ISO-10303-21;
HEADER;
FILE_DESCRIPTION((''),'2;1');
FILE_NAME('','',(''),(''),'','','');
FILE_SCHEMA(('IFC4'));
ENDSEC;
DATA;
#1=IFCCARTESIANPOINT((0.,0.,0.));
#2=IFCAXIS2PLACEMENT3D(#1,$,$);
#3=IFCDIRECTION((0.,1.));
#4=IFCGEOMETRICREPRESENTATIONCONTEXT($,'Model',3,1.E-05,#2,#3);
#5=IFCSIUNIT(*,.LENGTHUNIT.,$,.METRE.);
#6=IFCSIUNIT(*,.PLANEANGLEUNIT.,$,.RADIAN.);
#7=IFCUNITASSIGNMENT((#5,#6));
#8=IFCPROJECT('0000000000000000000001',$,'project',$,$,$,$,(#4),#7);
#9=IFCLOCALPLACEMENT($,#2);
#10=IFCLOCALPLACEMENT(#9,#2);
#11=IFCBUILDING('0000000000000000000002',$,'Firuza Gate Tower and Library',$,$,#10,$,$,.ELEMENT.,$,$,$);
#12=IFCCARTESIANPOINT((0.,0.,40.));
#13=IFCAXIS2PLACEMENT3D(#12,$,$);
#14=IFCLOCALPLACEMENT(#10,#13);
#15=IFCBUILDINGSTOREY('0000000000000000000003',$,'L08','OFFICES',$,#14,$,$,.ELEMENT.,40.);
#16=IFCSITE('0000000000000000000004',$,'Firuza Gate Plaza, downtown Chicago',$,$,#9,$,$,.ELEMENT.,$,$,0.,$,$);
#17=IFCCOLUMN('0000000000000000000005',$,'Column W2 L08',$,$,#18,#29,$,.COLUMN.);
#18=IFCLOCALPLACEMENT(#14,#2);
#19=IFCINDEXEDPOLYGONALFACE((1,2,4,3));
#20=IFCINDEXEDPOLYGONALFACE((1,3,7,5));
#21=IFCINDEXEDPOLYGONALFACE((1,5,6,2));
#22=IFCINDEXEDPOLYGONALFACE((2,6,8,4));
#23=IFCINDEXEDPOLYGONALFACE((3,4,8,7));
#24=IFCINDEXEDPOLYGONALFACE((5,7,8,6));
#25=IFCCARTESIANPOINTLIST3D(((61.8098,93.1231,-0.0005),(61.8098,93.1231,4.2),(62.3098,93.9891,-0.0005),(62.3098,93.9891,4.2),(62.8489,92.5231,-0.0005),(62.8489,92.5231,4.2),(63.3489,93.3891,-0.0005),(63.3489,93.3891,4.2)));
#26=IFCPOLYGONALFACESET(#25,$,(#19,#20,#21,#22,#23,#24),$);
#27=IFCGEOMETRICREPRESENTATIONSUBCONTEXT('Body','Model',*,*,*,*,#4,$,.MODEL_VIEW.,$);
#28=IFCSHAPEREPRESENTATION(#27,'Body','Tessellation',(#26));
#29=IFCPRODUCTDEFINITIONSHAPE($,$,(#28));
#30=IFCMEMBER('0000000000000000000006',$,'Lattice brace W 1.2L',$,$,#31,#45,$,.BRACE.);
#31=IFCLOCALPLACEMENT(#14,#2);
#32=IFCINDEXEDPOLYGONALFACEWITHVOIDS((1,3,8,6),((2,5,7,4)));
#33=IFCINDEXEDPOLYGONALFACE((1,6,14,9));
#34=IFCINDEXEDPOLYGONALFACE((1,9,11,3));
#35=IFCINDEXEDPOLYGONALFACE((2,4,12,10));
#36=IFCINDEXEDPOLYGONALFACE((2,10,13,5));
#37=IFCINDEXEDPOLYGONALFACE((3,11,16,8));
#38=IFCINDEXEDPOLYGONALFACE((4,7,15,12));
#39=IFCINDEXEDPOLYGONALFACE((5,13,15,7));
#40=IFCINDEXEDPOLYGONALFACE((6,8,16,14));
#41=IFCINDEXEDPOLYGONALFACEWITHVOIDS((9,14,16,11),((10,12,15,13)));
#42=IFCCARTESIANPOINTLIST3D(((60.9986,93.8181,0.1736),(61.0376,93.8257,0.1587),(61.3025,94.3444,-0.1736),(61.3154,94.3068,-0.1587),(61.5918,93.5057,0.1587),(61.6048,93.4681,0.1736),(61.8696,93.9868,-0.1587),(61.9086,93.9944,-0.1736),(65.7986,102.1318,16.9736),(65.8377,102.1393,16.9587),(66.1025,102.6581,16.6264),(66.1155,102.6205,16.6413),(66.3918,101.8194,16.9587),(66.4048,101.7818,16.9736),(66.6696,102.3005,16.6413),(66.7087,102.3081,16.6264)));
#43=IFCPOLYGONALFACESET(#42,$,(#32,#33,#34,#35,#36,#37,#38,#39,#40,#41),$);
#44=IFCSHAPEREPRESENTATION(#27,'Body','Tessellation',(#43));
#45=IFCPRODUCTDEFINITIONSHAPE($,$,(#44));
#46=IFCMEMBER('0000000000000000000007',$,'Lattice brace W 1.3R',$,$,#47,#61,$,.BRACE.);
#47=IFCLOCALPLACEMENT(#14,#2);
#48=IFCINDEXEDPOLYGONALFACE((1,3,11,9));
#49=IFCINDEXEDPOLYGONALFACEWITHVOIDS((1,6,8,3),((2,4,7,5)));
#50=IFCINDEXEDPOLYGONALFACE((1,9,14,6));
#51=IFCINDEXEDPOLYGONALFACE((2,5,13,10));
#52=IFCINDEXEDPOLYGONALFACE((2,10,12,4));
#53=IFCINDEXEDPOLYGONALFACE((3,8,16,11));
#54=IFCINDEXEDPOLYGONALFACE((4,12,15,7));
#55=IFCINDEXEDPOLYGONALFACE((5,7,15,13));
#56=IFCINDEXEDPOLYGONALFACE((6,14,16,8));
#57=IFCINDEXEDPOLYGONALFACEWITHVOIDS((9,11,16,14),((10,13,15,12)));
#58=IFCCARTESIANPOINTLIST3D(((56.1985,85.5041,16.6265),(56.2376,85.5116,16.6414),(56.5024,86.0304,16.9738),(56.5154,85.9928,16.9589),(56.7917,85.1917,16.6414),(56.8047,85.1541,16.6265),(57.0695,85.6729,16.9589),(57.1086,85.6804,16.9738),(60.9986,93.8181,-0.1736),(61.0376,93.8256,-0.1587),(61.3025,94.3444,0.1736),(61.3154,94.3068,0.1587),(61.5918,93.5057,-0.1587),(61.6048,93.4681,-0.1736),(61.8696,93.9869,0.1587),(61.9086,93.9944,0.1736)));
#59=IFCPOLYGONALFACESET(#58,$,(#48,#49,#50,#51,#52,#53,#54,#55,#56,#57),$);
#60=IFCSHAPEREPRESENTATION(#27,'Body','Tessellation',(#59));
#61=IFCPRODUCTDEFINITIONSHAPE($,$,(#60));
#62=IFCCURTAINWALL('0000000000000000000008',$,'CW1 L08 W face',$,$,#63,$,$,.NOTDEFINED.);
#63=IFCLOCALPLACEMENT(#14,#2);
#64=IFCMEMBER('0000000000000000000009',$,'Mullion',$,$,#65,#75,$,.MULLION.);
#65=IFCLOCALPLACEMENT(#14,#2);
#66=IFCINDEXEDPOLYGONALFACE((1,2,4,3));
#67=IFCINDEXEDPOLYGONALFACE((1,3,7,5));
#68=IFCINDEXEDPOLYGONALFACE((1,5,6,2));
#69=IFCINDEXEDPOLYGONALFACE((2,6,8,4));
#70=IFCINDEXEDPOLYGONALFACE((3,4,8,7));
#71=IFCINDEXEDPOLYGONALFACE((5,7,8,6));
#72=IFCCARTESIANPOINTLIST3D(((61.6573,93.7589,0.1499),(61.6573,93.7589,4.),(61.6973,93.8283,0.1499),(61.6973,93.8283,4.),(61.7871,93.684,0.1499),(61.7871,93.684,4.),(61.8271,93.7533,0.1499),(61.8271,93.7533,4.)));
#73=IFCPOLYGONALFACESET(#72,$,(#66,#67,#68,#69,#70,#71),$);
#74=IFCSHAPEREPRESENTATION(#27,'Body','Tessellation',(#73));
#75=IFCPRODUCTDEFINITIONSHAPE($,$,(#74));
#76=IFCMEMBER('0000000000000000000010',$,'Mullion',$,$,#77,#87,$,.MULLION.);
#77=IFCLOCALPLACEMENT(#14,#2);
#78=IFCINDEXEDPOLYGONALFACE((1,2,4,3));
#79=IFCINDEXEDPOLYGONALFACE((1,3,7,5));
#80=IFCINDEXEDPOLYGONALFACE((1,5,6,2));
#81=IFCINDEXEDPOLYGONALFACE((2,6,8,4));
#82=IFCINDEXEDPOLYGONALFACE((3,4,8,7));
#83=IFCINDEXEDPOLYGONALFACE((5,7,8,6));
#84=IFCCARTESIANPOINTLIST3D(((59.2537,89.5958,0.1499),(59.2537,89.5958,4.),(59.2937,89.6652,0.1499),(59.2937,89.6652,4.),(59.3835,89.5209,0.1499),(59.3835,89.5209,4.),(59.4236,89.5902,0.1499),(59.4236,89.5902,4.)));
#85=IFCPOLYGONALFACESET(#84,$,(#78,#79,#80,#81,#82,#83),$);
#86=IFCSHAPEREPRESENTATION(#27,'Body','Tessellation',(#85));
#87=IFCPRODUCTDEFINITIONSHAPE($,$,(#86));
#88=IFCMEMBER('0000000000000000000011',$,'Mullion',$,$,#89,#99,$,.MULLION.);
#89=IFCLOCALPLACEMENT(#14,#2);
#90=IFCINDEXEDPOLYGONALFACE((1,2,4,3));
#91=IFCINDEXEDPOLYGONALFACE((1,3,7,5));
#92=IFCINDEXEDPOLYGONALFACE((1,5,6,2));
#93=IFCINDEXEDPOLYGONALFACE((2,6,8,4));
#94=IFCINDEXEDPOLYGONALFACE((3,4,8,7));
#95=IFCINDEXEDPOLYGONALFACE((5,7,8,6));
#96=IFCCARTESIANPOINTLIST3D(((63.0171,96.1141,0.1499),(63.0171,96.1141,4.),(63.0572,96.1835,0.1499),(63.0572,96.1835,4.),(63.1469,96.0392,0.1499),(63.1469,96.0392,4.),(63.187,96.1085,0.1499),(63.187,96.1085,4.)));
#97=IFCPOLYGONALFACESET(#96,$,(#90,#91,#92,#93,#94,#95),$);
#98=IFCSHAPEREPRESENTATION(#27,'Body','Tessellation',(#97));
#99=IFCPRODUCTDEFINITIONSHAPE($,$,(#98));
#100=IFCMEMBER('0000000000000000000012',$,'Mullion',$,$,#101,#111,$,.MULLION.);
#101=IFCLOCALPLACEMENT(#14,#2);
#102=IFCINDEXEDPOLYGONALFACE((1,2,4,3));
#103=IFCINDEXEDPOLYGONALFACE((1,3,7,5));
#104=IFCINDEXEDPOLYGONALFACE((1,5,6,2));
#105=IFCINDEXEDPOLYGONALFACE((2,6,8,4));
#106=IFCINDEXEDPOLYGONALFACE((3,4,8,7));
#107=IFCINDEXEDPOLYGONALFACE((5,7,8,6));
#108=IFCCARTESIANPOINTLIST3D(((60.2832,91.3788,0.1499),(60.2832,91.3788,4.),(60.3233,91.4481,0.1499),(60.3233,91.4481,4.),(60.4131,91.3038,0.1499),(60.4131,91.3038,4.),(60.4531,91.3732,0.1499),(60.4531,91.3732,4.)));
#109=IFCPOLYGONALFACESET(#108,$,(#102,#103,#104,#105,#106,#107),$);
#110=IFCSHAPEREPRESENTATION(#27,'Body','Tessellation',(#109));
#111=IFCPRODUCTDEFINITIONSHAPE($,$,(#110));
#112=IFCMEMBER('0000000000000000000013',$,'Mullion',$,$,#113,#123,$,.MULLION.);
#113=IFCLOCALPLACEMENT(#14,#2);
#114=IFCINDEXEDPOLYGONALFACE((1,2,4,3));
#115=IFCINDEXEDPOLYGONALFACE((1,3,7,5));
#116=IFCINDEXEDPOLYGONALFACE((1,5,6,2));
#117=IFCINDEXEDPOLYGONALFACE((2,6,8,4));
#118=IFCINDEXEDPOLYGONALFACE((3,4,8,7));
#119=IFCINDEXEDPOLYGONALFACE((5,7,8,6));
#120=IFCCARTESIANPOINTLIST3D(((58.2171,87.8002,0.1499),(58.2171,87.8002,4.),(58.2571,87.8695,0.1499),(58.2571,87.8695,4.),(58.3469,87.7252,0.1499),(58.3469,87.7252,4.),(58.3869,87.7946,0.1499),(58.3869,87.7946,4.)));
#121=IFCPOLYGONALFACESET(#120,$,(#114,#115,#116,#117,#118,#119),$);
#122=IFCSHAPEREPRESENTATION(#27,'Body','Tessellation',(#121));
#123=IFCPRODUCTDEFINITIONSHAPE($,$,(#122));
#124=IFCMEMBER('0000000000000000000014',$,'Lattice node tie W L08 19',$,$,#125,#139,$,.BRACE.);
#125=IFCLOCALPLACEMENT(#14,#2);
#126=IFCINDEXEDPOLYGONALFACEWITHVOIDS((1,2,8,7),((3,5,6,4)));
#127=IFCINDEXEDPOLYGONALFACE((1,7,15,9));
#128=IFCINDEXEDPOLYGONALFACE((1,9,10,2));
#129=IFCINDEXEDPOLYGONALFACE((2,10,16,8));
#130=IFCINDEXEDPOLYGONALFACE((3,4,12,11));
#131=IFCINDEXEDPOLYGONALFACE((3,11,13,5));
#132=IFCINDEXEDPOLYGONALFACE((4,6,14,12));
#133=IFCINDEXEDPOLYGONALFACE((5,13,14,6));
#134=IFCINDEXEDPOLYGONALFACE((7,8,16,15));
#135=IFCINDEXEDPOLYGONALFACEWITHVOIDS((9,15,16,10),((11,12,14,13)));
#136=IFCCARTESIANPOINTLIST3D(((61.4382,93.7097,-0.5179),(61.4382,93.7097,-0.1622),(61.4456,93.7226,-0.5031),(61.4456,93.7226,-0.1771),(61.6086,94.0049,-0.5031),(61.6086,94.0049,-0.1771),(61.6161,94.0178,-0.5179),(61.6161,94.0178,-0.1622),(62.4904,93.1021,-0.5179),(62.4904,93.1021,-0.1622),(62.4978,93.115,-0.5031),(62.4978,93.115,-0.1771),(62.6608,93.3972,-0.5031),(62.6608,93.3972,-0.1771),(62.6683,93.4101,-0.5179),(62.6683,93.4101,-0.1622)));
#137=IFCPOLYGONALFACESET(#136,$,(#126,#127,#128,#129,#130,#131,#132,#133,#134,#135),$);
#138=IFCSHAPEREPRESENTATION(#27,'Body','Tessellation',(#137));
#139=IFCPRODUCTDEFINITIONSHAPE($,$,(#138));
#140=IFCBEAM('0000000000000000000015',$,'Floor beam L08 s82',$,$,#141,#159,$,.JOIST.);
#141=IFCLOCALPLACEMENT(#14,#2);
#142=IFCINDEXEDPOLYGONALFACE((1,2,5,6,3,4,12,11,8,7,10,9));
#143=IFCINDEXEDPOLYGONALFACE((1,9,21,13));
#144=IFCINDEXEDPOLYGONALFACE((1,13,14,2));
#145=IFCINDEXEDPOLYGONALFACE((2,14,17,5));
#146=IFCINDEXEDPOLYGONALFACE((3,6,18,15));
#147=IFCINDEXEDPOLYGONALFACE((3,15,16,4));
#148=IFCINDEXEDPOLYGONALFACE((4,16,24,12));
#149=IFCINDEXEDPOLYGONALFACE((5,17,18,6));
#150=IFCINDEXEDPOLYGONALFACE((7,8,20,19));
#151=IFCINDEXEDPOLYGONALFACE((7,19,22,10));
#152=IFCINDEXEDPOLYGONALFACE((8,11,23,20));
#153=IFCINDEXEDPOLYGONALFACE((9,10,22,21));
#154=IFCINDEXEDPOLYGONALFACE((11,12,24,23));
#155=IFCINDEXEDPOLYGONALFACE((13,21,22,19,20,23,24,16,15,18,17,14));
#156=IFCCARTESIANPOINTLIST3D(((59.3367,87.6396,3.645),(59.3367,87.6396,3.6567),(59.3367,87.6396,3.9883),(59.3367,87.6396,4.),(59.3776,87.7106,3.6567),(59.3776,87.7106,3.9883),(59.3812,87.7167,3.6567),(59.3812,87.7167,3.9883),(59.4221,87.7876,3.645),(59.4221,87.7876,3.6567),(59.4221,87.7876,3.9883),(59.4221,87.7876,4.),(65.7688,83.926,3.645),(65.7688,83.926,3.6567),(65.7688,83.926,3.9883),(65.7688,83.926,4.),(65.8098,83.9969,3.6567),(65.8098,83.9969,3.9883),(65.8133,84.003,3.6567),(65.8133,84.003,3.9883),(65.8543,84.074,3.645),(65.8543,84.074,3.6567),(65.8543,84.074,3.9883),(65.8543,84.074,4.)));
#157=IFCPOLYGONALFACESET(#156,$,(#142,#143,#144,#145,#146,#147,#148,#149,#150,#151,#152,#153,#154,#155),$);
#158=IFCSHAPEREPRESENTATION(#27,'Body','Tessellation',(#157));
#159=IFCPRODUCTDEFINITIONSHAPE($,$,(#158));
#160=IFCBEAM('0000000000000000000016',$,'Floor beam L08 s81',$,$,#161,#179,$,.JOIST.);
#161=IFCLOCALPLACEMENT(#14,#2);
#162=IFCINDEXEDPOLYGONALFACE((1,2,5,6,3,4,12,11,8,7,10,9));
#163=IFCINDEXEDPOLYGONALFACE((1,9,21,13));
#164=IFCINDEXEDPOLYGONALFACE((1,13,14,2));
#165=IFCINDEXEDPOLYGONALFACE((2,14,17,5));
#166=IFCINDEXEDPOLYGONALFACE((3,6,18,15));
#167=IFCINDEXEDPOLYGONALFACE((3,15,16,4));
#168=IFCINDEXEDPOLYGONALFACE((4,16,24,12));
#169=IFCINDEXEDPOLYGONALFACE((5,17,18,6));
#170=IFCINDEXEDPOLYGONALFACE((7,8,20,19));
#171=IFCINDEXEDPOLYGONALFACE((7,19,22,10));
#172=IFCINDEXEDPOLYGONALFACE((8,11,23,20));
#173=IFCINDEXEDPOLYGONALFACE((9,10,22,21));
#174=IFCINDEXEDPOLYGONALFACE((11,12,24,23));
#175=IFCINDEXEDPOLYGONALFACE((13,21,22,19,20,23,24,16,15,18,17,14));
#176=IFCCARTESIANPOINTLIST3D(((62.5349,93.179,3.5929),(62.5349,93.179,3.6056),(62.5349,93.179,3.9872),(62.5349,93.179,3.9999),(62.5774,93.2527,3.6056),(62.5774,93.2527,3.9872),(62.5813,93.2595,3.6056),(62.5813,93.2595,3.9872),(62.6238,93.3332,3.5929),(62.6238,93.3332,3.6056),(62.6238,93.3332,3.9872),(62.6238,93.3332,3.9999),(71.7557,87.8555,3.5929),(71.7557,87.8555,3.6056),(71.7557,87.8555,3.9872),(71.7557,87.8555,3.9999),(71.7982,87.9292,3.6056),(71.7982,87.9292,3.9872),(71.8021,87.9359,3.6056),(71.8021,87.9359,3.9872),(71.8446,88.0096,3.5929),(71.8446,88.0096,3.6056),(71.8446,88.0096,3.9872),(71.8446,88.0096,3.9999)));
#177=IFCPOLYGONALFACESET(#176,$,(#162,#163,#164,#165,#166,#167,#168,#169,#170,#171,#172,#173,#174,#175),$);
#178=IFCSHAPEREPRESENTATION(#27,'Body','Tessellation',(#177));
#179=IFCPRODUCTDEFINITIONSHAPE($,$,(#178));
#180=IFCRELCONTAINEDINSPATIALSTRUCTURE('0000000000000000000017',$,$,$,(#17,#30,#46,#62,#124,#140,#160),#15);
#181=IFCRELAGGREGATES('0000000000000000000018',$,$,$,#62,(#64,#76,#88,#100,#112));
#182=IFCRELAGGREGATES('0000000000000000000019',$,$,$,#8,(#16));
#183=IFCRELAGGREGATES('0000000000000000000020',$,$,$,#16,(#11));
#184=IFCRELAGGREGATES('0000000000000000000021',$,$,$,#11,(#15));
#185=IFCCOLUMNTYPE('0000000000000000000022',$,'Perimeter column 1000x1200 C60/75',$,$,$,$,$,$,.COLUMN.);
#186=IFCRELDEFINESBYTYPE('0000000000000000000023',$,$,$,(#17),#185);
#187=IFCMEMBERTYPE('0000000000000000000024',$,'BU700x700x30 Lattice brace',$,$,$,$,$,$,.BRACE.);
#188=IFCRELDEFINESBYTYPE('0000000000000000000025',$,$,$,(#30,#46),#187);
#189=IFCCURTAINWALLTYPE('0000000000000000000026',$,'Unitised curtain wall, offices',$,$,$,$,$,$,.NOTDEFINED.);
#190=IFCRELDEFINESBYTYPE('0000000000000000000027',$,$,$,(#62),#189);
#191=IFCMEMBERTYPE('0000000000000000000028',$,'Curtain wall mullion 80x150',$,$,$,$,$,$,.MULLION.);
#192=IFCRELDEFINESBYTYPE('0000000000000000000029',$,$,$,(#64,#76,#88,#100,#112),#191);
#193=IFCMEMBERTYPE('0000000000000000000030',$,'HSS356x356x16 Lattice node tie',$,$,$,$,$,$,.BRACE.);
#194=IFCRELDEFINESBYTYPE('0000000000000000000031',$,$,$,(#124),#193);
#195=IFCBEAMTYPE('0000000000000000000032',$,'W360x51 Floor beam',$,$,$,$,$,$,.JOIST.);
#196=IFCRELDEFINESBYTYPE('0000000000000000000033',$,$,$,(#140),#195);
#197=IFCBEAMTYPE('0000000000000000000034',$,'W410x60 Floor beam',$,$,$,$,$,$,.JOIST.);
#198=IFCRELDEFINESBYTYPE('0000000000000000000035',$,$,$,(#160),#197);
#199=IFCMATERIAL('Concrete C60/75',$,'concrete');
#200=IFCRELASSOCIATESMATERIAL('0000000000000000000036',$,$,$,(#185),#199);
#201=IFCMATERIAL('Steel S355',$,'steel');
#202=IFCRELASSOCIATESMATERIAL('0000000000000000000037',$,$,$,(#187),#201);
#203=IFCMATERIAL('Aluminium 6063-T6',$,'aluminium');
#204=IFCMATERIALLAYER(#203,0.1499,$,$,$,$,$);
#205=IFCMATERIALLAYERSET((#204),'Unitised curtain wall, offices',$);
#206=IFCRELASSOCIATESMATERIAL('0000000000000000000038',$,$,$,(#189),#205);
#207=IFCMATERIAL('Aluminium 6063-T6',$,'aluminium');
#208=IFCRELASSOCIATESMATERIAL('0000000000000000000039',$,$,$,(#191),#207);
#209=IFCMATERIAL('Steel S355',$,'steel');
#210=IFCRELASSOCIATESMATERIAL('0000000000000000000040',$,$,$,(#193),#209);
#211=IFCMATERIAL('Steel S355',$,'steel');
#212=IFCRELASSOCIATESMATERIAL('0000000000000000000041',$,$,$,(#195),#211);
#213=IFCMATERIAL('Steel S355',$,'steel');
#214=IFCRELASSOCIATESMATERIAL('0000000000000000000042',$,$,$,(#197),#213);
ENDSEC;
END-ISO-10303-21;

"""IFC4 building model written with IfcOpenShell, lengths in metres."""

from ifc_helpers import new_model, si_unit, direction, frame, origin, origin_2d, place, context, subcontext, project, spatial, rectangle, hollow_rectangle, i_section, extrude, material, layer, layer_set, material_profile, profile_set, type_object, element, aggregate, save


model = new_model("IFC4")

# Units and contexts
model_context = context("Model", 3, precision=1e-05, world=origin(), true_north=direction((0.0, 1.0)))
body_context = subcontext(model_context, "Body", "Model", "MODEL_VIEW")
ifc_project = project(units=[si_unit("LENGTHUNIT", "METRE"), si_unit("PLANEANGLEUNIT", "RADIAN")], contexts=[model_context])

# Site, building, storey
site_placement = place(None, origin())
site = spatial("IfcSite", under=ifc_project, at=site_placement, Name="Firuza Gate Plaza, downtown Chicago", CompositionType="ELEMENT", RefElevation=0.0)
building_placement = place(site_placement, origin())
building = spatial("IfcBuilding", under=site, at=building_placement, Name="Firuza Gate Tower and Library", CompositionType="ELEMENT")
storey_placement = place(building_placement, frame((0.0, 0.0, 40.0)))
storey = spatial("IfcBuildingStorey", under=building, at=storey_placement, Name="L08", Description="OFFICES", CompositionType="ELEMENT", Elevation=40.0)

# Column
ifc_material_1 = material(Name="Concrete C60/75", Category="concrete")
ifc_material_profile_1 = material_profile(ifc_material_1, rectangle(XDim=1.0, YDim=1.2, at=origin_2d()))
ifc_profile_set_1 = profile_set([ifc_material_profile_1], Name="Concrete C60/75")
column_type = type_object("IfcColumnType", Name="Perimeter column 1000x1200 C60/75", PredefinedType="COLUMN", material=ifc_profile_set_1)
column_placement = place(storey_placement, frame((62.5793, 93.2561, -0.0005), z_axis=(0.0, 0.0, 1.0), x_axis=(-0.5, -0.866025, 0.0)))
element("IfcColumn", 1, at=column_placement, inside=storey, type_object=column_type, Name="Column W2 L08", PredefinedType="COLUMN", context=body_context, shape_type="SweptSolid", body=[
    extrude(rectangle(XDim=1.0, YDim=1.2, at=origin_2d()), origin(), (0.0, 0.0, 1.0), 4.2004),
])

# Members
ifc_material_2 = material(Name="Steel S355", Category="steel")
ifc_material_profile_2 = material_profile(ifc_material_2, hollow_rectangle(XDim=0.7, YDim=0.7, WallThickness=0.03, at=origin_2d()))
ifc_profile_set_2 = profile_set([ifc_material_profile_2], Name="Steel S355")
member_type_1 = type_object("IfcMemberType", Name="BU700x700x30 Lattice brace", PredefinedType="BRACE", material=ifc_profile_set_2)
member_1_placement = place(storey_placement, frame((61.4536, 93.9062, 0.0), z_axis=(0.248072, 0.429663, 0.868246), x_axis=(-0.86602, 0.500009, 0.0)))
element("IfcMember", 2, at=member_1_placement, inside=storey, type_object=member_type_1, Name="Lattice brace W 1.2L", PredefinedType="BRACE", context=body_context, shape_type="SweptSolid", body=[
    extrude(hollow_rectangle(XDim=0.7, YDim=0.7, WallThickness=0.03, at=origin_2d()), origin(), (0.0, 0.0, 1.0), 19.3494),
])
member_2_placement = place(storey_placement, frame((61.4536, 93.9062, 0.0), z_axis=(-0.248071, -0.429673, 0.868241), x_axis=(0.866026, -0.499998, 0.0)))
element("IfcMember", 3, at=member_2_placement, inside=storey, type_object=member_type_1, Name="Lattice brace W 1.3R", PredefinedType="BRACE", context=body_context, shape_type="SweptSolid", body=[
    extrude(hollow_rectangle(XDim=0.7, YDim=0.7, WallThickness=0.03, at=origin_2d()), origin(), (0.0, 0.0, 1.0), 19.3496),
])

# Curtain wall, members
ifc_material_3 = material(Name="Aluminium 6063-T6", Category="aluminium")
ifc_layer_1 = layer(ifc_material_3, 0.1499)
ifc_layer_set_1 = layer_set([ifc_layer_1], Name="Unitised curtain wall, offices")
curtain_wall_type = type_object("IfcCurtainWallType", Name="Unitised curtain wall, offices", PredefinedType="NOTDEFINED", material=ifc_layer_set_1)
placement = place(storey_placement, origin())
curtain_wall = element("IfcCurtainWall", 4, at=placement, inside=storey, type_object=curtain_wall_type, Name="CW1 L08 W face", PredefinedType="NOTDEFINED")
ifc_material_4 = material(Name="Aluminium 6063-T6", Category="aluminium")
ifc_material_profile_3 = material_profile(ifc_material_4, rectangle(XDim=0.1499, YDim=0.0801, at=origin_2d()))
ifc_profile_set_3 = profile_set([ifc_material_profile_3], Name="Aluminium 6063-T6")
member_type_2 = type_object("IfcMemberType", Name="Curtain wall mullion 80x150", PredefinedType="MULLION", material=ifc_profile_set_3)
member_3_placement = place(storey_placement, frame((61.7422, 93.7561, 0.1499), z_axis=(0.0, 0.0, 1.0), x_axis=(0.866025, -0.5, 0.0)))
member_3 = element("IfcMember", 5, at=member_3_placement, type_object=member_type_2, Name="Mullion", PredefinedType="MULLION", context=body_context, shape_type="SweptSolid", body=[
    extrude(rectangle(XDim=0.1499, YDim=0.0801, at=origin_2d()), origin(), (0.0, 0.0, 1.0), 3.8501),
])
member_4_placement = place(storey_placement, frame((59.3386, 89.593, 0.1499), z_axis=(0.0, 0.0, 1.0), x_axis=(0.866025, -0.5, 0.0)))
member_4 = element("IfcMember", 6, at=member_4_placement, type_object=member_type_2, Name="Mullion", PredefinedType="MULLION", context=body_context, shape_type="SweptSolid", body=[
    extrude(rectangle(XDim=0.1499, YDim=0.0801, at=origin_2d()), origin(), (0.0, 0.0, 1.0), 3.8501),
])
member_5_placement = place(storey_placement, frame((63.1021, 96.1113, 0.1499), z_axis=(0.0, 0.0, 1.0), x_axis=(0.866025, -0.5, 0.0)))
member_5 = element("IfcMember", 7, at=member_5_placement, type_object=member_type_2, Name="Mullion", PredefinedType="MULLION", context=body_context, shape_type="SweptSolid", body=[
    extrude(rectangle(XDim=0.1499, YDim=0.0801, at=origin_2d()), origin(), (0.0, 0.0, 1.0), 3.8501),
])
member_6_placement = place(storey_placement, frame((60.3682, 91.376, 0.1499), z_axis=(0.0, 0.0, 1.0), x_axis=(0.866025, -0.5, 0.0)))
member_6 = element("IfcMember", 8, at=member_6_placement, type_object=member_type_2, Name="Mullion", PredefinedType="MULLION", context=body_context, shape_type="SweptSolid", body=[
    extrude(rectangle(XDim=0.1499, YDim=0.0801, at=origin_2d()), origin(), (0.0, 0.0, 1.0), 3.8501),
])
member_7_placement = place(storey_placement, frame((58.302, 87.7974, 0.1499), z_axis=(0.0, 0.0, 1.0), x_axis=(0.866025, -0.5, 0.0)))
member_7 = element("IfcMember", 9, at=member_7_placement, type_object=member_type_2, Name="Mullion", PredefinedType="MULLION", context=body_context, shape_type="SweptSolid", body=[
    extrude(rectangle(XDim=0.1499, YDim=0.0801, at=origin_2d()), origin(), (0.0, 0.0, 1.0), 3.8501),
])

# Member
ifc_material_5 = material(Name="Steel S355", Category="steel")
ifc_material_profile_4 = material_profile(ifc_material_5, hollow_rectangle(XDim=0.3557, YDim=0.3557, WallThickness=0.0149, at=origin_2d()))
ifc_profile_set_4 = profile_set([ifc_material_profile_4], Name="Steel S355")
member_type_3 = type_object("IfcMemberType", Name="HSS356x356x16 Lattice node tie", PredefinedType="BRACE", material=ifc_profile_set_4)
member_8_placement = place(storey_placement, frame((62.5793, 93.2561, -0.3401), z_axis=(-0.865971, 0.500093, 0.0), x_axis=(-0.500093, -0.865971, 0.0)))
element("IfcMember", 10, at=member_8_placement, inside=storey, type_object=member_type_3, Name="Lattice node tie W L08 19", PredefinedType="BRACE", context=body_context, shape_type="SweptSolid", body=[
    extrude(hollow_rectangle(XDim=0.3557, YDim=0.3557, WallThickness=0.0149, at=origin_2d()), origin(), (0.0, 0.0, 1.0), 1.2151),
])

# Beams
ifc_material_6 = material(Name="Steel S355", Category="steel")
ifc_material_profile_5 = material_profile(ifc_material_6, i_section(OverallWidth=0.1709, OverallDepth=0.355, WebThickness=0.0071, FlangeThickness=0.0117, at=origin_2d()))
ifc_profile_set_5 = profile_set([ifc_material_profile_5], Name="Steel S355")
beam_type_1 = type_object("IfcBeamType", Name="W360x51 Floor beam", PredefinedType="JOIST", material=ifc_profile_set_5)
beam_1_placement = place(storey_placement, frame((59.3794, 87.7136, 3.8225), z_axis=(0.866024, -0.500003, 0.0), x_axis=(0.500003, 0.866024, 0.0)))
element("IfcBeam", 11, at=beam_1_placement, inside=storey, type_object=beam_type_1, Name="Floor beam L08 s82", PredefinedType="JOIST", context=body_context, shape_type="SweptSolid", body=[
    extrude(i_section(OverallWidth=0.1709, OverallDepth=0.355, WebThickness=0.0071, FlangeThickness=0.0117, at=origin_2d()), origin(), (0.0, 0.0, 1.0), 7.4272),
])
ifc_material_7 = material(Name="Steel S355", Category="steel")
ifc_material_profile_6 = material_profile(ifc_material_7, i_section(OverallWidth=0.178, OverallDepth=0.407, WebThickness=0.0078, FlangeThickness=0.0127, at=origin_2d()))
ifc_profile_set_6 = profile_set([ifc_material_profile_6], Name="Steel S355")
beam_type_2 = type_object("IfcBeamType", Name="W410x60 Floor beam", PredefinedType="JOIST", material=ifc_profile_set_6)
beam_2_placement = place(storey_placement, frame((62.5793, 93.2561, 3.7964), z_axis=(0.866029, -0.499994, 0.0), x_axis=(0.499994, 0.866029, 0.0)))
element("IfcBeam", 12, at=beam_2_placement, inside=storey, type_object=beam_type_2, Name="Floor beam L08 s81", PredefinedType="JOIST", context=body_context, shape_type="SweptSolid", body=[
    extrude(i_section(OverallWidth=0.178, OverallDepth=0.407, WebThickness=0.0078, FlangeThickness=0.0127, at=origin_2d()), origin(), (0.0, 0.0, 1.0), 10.6472),
])

aggregate(curtain_wall, [member_3, member_4, member_5, member_6, member_7])

save(model, "model.ifc")
